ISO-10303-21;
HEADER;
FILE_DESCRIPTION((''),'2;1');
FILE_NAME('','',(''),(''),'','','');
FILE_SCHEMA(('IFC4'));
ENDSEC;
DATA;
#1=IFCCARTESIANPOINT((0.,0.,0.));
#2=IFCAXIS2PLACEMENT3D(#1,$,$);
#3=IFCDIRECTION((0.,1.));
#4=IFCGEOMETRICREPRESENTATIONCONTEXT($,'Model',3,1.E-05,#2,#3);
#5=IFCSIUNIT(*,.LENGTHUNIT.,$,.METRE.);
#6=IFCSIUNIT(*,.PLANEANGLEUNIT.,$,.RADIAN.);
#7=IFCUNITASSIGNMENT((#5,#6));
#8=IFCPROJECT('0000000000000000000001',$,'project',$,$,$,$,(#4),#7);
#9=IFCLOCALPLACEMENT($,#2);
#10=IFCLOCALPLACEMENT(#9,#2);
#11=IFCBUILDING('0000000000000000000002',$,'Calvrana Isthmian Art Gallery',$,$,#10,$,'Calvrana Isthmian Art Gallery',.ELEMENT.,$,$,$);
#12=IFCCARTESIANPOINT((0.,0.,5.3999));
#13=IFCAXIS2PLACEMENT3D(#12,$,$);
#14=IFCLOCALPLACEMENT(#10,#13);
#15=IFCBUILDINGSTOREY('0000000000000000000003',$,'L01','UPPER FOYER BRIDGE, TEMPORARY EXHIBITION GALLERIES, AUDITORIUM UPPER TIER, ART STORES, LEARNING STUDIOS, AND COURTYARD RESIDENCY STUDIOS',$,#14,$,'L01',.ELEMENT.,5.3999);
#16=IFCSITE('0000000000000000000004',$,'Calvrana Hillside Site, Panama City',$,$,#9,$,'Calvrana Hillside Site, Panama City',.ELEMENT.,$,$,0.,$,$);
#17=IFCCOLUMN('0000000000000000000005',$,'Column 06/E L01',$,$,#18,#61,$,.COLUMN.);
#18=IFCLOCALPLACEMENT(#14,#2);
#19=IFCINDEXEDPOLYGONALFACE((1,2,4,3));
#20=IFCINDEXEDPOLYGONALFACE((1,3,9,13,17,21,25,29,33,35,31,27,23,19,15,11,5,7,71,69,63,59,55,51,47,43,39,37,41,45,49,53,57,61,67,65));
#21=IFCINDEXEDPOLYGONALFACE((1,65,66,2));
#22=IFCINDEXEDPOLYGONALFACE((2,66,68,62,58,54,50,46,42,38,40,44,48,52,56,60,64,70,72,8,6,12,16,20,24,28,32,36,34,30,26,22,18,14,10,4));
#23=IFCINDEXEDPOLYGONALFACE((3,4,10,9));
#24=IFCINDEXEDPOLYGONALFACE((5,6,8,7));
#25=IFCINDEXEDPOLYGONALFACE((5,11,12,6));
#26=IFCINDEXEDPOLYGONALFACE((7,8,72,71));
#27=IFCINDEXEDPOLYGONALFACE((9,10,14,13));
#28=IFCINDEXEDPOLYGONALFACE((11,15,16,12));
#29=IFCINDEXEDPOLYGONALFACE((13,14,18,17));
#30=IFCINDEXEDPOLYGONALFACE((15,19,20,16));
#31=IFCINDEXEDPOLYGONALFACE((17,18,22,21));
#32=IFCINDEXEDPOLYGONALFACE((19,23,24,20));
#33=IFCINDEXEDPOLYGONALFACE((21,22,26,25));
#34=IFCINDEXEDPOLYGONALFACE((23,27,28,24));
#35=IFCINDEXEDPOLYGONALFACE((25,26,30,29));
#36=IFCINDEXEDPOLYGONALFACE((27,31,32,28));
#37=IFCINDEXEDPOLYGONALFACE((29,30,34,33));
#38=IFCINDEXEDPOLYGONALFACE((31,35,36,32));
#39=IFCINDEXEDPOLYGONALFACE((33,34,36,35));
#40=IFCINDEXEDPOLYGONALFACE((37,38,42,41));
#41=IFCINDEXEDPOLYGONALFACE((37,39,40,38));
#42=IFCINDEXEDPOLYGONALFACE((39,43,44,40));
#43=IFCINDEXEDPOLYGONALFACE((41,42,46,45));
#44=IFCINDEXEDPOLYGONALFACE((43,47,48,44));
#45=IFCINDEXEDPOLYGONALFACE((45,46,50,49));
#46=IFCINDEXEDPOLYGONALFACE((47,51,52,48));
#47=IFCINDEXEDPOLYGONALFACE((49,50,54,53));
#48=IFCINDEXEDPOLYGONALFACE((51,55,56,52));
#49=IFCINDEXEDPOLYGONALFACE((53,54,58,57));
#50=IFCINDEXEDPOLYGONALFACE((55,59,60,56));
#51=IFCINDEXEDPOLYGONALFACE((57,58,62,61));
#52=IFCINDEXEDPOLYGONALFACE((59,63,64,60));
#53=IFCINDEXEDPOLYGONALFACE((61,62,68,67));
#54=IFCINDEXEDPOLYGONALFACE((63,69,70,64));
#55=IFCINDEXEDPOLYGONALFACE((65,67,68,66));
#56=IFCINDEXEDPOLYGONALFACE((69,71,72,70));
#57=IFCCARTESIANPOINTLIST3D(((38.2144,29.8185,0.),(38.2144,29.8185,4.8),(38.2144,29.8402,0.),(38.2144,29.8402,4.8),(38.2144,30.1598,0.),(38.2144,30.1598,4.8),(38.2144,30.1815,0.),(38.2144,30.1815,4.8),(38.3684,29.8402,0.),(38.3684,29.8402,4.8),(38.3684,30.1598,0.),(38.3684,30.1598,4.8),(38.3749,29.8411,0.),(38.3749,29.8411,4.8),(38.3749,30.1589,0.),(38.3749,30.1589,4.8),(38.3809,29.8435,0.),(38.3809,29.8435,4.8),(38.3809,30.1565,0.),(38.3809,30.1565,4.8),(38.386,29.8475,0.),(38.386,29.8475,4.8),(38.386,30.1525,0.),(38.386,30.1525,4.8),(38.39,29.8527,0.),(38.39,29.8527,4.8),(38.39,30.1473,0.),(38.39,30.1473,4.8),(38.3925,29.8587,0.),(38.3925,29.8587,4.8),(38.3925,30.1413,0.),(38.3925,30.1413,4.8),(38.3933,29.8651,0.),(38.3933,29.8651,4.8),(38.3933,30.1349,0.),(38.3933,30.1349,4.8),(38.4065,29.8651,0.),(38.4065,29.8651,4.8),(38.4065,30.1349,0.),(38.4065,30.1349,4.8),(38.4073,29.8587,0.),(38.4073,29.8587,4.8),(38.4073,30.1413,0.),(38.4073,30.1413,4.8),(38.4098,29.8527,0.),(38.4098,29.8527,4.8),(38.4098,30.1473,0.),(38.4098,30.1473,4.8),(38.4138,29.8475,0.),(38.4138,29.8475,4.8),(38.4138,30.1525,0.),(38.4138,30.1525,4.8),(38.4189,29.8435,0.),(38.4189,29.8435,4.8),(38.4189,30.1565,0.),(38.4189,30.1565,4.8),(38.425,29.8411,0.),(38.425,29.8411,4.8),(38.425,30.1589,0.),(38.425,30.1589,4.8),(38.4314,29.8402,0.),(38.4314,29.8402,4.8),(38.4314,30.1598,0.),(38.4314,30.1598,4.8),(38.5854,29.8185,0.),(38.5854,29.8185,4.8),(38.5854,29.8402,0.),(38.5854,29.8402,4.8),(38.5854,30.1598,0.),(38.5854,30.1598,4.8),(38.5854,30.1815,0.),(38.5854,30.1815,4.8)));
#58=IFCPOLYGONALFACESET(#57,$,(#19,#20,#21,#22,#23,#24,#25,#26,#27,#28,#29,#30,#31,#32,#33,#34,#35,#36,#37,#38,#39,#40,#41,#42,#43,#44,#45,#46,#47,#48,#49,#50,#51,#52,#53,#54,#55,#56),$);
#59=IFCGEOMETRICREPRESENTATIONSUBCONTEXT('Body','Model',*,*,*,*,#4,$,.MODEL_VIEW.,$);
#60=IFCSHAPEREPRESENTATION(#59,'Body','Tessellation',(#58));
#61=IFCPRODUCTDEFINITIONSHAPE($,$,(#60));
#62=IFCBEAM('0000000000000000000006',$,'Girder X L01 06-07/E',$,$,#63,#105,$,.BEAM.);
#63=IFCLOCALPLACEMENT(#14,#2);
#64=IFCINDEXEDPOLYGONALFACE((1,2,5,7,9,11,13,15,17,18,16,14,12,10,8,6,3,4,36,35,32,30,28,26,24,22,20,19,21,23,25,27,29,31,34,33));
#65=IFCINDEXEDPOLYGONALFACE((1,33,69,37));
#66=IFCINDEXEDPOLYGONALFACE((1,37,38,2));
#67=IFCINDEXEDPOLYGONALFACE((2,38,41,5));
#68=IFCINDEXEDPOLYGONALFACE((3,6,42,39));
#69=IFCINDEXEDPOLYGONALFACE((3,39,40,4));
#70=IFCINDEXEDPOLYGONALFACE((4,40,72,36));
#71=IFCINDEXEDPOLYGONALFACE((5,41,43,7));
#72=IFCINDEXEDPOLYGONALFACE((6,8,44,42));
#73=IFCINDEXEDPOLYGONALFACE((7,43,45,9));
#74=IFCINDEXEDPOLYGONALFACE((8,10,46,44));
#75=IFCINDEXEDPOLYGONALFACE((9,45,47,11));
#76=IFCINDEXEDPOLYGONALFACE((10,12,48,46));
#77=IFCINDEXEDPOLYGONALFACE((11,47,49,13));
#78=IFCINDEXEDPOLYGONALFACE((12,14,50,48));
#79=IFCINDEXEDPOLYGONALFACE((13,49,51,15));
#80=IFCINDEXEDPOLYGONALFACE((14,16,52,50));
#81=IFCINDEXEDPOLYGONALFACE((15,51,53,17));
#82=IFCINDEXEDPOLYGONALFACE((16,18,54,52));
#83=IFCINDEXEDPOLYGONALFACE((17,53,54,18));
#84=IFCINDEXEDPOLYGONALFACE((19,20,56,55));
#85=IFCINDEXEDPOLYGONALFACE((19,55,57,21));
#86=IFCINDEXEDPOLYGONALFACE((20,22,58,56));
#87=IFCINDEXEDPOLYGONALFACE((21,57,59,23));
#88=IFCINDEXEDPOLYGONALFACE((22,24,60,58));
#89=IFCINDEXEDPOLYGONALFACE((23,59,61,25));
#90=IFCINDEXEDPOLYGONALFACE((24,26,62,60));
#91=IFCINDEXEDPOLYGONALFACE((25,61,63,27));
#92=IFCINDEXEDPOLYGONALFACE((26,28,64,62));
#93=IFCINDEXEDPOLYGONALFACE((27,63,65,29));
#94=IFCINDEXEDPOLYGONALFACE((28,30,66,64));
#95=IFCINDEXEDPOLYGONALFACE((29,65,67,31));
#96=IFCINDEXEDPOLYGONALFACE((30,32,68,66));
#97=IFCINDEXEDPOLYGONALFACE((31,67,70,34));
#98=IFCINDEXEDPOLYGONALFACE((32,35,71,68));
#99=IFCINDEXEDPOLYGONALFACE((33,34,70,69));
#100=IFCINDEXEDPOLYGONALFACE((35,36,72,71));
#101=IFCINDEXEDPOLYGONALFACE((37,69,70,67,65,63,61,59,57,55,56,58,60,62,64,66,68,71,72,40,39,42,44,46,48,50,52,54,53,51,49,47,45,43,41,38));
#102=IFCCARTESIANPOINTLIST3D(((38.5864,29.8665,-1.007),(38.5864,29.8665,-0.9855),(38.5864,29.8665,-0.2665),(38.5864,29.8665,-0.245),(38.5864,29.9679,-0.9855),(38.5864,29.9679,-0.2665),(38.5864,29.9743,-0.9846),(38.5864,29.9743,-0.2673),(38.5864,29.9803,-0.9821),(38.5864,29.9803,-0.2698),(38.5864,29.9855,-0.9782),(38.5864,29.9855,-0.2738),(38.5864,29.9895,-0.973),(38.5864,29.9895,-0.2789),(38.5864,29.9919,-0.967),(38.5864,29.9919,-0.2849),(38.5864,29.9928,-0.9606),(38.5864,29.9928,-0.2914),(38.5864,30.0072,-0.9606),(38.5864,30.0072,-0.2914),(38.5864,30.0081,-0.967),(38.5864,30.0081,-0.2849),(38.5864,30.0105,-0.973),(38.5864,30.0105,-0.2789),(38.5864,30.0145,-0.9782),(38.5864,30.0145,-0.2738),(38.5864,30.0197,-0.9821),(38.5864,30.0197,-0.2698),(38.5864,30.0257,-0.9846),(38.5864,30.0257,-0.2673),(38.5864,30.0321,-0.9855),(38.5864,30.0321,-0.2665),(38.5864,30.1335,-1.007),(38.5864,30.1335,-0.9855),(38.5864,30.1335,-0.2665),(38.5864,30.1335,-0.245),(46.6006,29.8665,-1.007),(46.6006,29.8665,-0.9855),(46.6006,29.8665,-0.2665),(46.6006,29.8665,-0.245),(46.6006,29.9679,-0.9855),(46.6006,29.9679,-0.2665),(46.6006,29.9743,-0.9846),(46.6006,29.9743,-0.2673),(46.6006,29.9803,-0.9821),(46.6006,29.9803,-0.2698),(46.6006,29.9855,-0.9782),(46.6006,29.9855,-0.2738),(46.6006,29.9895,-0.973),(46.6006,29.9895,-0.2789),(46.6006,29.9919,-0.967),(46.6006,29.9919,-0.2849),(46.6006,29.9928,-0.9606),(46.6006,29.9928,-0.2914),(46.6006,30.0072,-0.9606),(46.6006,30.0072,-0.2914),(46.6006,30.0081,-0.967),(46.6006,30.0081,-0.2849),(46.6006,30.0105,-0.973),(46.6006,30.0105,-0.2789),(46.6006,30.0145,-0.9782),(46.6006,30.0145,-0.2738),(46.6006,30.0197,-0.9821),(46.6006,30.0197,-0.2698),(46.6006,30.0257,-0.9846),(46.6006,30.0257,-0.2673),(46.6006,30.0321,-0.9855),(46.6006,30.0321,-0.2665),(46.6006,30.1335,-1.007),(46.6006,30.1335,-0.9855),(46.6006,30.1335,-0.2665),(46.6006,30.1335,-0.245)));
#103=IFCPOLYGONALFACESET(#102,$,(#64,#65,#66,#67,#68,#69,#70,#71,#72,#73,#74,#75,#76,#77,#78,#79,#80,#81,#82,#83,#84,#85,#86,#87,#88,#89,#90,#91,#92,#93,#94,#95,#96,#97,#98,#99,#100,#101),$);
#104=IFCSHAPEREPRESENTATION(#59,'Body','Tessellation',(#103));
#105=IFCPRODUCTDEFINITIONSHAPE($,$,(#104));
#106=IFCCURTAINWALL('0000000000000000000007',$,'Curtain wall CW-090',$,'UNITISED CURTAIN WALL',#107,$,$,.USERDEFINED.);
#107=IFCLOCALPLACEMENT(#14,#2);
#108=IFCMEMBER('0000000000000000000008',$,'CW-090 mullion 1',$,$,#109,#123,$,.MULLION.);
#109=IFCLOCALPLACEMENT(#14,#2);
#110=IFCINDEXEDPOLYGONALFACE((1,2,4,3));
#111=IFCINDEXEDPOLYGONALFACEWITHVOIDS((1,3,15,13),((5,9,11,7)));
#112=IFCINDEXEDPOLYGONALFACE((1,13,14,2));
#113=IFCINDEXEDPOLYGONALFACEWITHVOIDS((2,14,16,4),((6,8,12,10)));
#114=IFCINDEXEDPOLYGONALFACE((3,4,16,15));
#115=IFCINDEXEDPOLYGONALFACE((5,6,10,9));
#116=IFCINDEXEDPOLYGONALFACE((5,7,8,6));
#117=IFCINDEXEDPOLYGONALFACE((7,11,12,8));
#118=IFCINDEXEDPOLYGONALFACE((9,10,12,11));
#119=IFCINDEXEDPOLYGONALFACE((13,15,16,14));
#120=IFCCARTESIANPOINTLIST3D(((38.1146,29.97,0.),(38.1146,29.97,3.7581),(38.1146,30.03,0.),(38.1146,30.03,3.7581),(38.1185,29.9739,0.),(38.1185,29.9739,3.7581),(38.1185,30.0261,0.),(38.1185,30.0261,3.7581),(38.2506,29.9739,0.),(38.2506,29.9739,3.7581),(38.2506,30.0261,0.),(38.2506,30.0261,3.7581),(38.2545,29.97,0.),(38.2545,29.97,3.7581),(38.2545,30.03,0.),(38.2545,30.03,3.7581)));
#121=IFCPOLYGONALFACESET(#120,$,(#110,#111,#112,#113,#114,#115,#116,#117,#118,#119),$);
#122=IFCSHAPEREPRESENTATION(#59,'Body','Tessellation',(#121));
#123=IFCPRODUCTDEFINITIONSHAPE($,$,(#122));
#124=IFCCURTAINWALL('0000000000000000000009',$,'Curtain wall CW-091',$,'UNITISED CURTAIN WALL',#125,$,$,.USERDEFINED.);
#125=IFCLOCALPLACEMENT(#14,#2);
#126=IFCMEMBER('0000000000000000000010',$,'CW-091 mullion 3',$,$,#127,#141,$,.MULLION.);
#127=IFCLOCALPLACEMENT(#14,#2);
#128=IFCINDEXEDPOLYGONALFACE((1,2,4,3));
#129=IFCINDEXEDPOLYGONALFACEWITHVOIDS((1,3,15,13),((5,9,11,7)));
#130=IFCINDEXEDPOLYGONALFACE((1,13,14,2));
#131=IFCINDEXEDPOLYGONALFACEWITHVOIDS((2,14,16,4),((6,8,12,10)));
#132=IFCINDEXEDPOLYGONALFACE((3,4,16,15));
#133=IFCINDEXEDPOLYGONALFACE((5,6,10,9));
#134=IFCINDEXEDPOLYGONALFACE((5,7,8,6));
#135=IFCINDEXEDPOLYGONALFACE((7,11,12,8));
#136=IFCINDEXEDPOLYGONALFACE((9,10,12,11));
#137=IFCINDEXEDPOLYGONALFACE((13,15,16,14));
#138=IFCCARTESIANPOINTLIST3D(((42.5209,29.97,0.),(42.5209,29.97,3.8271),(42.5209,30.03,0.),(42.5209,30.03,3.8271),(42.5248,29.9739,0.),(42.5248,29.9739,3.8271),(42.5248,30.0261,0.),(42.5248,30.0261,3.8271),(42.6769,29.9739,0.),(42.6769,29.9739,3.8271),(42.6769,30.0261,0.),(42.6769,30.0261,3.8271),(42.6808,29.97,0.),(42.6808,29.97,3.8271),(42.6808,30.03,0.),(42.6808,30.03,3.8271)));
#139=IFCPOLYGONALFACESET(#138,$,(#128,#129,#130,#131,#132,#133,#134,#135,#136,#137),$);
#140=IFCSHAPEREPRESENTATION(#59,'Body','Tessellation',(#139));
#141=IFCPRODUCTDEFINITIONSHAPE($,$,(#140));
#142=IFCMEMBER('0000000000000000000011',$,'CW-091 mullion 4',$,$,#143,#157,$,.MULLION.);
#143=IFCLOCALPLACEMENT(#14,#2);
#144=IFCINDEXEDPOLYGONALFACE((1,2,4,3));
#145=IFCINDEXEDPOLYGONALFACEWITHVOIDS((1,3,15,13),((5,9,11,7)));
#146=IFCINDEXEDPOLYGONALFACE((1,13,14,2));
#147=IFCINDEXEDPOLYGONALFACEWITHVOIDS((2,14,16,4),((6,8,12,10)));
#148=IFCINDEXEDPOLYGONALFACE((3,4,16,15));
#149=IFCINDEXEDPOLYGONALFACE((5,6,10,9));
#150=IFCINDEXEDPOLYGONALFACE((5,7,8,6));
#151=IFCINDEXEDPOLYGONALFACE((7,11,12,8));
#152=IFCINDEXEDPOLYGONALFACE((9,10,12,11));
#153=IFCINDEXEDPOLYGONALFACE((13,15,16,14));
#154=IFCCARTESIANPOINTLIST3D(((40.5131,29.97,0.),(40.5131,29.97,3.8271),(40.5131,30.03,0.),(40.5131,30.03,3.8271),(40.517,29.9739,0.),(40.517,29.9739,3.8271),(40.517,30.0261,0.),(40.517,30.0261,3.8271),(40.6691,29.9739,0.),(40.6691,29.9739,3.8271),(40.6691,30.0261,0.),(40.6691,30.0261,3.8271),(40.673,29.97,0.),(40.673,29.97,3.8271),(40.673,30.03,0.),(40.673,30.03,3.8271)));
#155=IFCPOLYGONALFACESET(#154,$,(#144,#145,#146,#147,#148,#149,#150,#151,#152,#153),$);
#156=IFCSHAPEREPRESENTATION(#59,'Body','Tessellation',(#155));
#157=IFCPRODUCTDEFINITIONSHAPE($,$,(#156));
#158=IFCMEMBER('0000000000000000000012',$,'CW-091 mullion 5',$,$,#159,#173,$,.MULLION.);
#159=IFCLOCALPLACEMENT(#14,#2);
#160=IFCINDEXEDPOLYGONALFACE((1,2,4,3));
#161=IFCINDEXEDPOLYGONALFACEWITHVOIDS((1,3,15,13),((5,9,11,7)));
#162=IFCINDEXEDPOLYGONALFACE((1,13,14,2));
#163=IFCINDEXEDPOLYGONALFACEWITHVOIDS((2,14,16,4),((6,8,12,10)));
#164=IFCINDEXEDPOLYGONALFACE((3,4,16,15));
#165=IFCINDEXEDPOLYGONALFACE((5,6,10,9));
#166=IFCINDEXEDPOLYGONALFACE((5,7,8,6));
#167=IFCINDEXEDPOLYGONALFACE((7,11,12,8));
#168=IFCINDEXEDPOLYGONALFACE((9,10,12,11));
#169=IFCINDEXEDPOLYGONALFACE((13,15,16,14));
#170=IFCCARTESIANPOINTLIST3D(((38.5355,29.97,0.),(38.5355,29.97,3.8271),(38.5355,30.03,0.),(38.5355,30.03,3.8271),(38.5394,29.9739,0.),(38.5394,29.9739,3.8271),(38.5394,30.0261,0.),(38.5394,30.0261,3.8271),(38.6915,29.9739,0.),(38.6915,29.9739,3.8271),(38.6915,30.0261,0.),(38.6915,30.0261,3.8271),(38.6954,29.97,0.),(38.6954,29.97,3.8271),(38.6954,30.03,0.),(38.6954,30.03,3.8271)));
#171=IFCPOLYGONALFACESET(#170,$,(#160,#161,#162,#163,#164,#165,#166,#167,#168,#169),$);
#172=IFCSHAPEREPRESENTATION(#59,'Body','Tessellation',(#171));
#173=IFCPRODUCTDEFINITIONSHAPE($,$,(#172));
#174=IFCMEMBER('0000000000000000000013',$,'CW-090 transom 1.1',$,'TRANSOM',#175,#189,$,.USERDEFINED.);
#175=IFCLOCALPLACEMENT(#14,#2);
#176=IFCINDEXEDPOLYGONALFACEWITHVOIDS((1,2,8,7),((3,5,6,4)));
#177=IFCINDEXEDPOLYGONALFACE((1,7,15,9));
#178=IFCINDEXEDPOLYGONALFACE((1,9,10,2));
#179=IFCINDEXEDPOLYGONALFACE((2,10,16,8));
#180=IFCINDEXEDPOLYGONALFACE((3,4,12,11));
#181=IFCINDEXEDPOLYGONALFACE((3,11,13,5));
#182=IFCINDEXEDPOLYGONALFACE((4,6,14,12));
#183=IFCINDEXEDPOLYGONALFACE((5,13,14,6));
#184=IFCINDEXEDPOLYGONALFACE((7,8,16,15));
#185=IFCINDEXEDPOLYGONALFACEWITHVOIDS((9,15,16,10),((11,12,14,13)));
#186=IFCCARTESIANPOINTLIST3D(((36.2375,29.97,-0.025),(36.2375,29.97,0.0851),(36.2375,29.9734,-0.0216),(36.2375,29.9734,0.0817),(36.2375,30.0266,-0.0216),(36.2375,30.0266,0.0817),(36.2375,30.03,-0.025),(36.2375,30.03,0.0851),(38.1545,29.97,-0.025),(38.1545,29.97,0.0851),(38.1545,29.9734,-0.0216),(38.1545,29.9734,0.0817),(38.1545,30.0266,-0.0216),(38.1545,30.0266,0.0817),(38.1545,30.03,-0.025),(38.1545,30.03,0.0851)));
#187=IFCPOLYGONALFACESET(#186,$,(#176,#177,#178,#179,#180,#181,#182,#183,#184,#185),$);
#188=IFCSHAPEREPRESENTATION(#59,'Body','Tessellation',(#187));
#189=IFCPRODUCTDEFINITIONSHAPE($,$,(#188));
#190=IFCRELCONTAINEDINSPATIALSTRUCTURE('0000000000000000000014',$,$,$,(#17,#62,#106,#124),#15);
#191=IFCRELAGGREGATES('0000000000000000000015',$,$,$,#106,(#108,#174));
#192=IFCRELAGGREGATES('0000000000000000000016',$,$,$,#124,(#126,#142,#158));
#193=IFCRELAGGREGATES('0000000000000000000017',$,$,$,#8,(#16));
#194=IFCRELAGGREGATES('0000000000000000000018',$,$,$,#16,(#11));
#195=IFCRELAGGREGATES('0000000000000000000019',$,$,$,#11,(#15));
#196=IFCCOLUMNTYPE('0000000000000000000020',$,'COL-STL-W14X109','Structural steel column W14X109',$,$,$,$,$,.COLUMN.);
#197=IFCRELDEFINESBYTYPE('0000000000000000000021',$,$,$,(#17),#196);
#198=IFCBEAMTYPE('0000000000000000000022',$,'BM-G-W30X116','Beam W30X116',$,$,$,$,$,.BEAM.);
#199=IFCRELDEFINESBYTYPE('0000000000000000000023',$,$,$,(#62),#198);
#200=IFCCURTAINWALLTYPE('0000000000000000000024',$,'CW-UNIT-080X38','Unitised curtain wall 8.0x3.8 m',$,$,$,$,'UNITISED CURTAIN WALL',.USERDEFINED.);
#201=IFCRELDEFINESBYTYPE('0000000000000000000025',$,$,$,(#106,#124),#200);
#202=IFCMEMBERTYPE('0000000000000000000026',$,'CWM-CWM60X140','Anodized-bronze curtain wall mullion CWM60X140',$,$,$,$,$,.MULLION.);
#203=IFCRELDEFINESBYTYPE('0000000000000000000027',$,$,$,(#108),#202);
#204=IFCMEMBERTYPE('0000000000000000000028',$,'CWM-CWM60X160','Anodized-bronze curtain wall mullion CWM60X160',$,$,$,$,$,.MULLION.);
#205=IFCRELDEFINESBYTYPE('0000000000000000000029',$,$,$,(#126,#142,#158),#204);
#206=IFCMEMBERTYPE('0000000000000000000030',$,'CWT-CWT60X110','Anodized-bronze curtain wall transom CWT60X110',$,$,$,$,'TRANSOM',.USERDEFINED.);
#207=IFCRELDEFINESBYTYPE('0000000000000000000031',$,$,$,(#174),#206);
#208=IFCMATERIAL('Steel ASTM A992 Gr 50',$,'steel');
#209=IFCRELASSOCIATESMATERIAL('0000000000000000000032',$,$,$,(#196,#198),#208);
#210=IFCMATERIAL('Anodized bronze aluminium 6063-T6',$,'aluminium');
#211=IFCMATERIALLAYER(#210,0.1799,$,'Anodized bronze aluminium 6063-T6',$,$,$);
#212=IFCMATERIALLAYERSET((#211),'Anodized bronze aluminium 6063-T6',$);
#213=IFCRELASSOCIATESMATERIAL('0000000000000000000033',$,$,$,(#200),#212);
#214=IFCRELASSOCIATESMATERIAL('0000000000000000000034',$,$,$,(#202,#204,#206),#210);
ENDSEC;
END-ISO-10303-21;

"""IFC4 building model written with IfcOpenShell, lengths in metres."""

from ifc_helpers import new_model, si_unit, direction, frame, origin, origin_2d, place, context, subcontext, project, spatial, hollow_rectangle, i_section, extrude, material, layer, layer_set, material_profile, profile_set, type_object, element, aggregate, save


model = new_model("IFC4")

# Units and contexts
model_context = context("Model", 3, precision=1e-05, world=origin(), true_north=direction((0.0, 1.0)))
body_context = subcontext(model_context, "Body", "Model", "MODEL_VIEW")
ifc_project = project(units=[si_unit("LENGTHUNIT", "METRE"), si_unit("PLANEANGLEUNIT", "RADIAN")], contexts=[model_context])

# Site, building, storey
site_placement = place(None, origin())
site = spatial("IfcSite", under=ifc_project, at=site_placement, Name="Calvrana Hillside Site, Panama City", LongName="Calvrana Hillside Site, Panama City", CompositionType="ELEMENT", RefElevation=0.0)
building_placement = place(site_placement, origin())
building = spatial("IfcBuilding", under=site, at=building_placement, Name="Calvrana Isthmian Art Gallery", LongName="Calvrana Isthmian Art Gallery", CompositionType="ELEMENT")
storey_placement = place(building_placement, frame((0.0, 0.0, 5.3999)))
storey = spatial("IfcBuildingStorey", under=building, at=storey_placement, Name="L01", Description="UPPER FOYER BRIDGE, TEMPORARY EXHIBITION GALLERIES, AUDITORIUM UPPER TIER, ART STORES, LEARNING STUDIOS, AND COURTYARD RESIDENCY STUDIOS", LongName="L01", CompositionType="ELEMENT", Elevation=5.3999)

# Column
ifc_material_1 = material(Name="Steel ASTM A992 Gr 50", Category="steel")
ifc_material_profile_1 = material_profile(ifc_material_1, i_section(OverallWidth=0.3711, OverallDepth=0.363, WebThickness=0.0132, FlangeThickness=0.0217, FilletRadius=0.0249, at=origin_2d()), Name="W14X109")
ifc_profile_set_1 = profile_set([ifc_material_profile_1], Name="Steel ASTM A992 Gr 50")
column_type = type_object("IfcColumnType", Name="COL-STL-W14X109", Description="Structural steel column W14X109", PredefinedType="COLUMN", material=ifc_profile_set_1)
column_placement = place(storey_placement, frame((38.3999, 30.0, 0.0), z_axis=(0.0, 0.0, 1.0), x_axis=(1.0, 0.0, 0.0)))
element("IfcColumn", 1, at=column_placement, inside=storey, type_object=column_type, Name="Column 06/E L01", PredefinedType="COLUMN", context=body_context, shape_type="SweptSolid", body=[
    extrude(i_section(OverallWidth=0.3711, OverallDepth=0.363, WebThickness=0.0132, FlangeThickness=0.0217, FilletRadius=0.0249, at=origin_2d()), origin(), (0.0, 0.0, 1.0), 4.8),
])

# Beam
ifc_material_profile_2 = material_profile(ifc_material_1, i_section(OverallWidth=0.2671, OverallDepth=0.762, WebThickness=0.0144, FlangeThickness=0.0215, FilletRadius=0.0249, at=origin_2d()), Name="W30X116")
ifc_profile_set_2 = profile_set([ifc_material_profile_2], Name="Steel ASTM A992 Gr 50")
beam_type = type_object("IfcBeamType", Name="BM-G-W30X116", Description="Beam W30X116", PredefinedType="BEAM", material=ifc_profile_set_2)
beam_placement = place(storey_placement, frame((38.5864, 30.0, -0.626), z_axis=(1.0, 0.0, 0.0), x_axis=(0.0, 1.0, 0.0)))
element("IfcBeam", 2, at=beam_placement, inside=storey, type_object=beam_type, Name="Girder X L01 06-07/E", PredefinedType="BEAM", context=body_context, shape_type="SweptSolid", body=[
    extrude(i_section(OverallWidth=0.2671, OverallDepth=0.762, WebThickness=0.0144, FlangeThickness=0.0215, FilletRadius=0.0249, at=origin_2d()), origin(), (0.0, 0.0, 1.0), 8.0142),
])

# Curtain wall, member
ifc_material_2 = material(Name="Anodized bronze aluminium 6063-T6", Category="aluminium")
ifc_layer_1 = layer(ifc_material_2, 0.1799, Name="Anodized bronze aluminium 6063-T6")
ifc_layer_set_1 = layer_set([ifc_layer_1], Name="Anodized bronze aluminium 6063-T6")
curtain_wall_type_1 = type_object("IfcCurtainWallType", Name="CW-UNIT-080X38", Description="Unitised curtain wall 8.0x3.8 m", ElementType="UNITISED CURTAIN WALL", PredefinedType="USERDEFINED", material=ifc_layer_set_1)
curtain_wall_1_placement = place(storey_placement, origin())
curtain_wall_1 = element("IfcCurtainWall", 3, at=curtain_wall_1_placement, inside=storey, type_object=curtain_wall_type_1, Name="Curtain wall CW-090", ObjectType="UNITISED CURTAIN WALL", PredefinedType="USERDEFINED")
ifc_material_profile_3 = material_profile(ifc_material_2, hollow_rectangle(XDim=0.0601, YDim=0.1399, WallThickness=0.0039, at=origin_2d()), Name="CWM60X140")
ifc_profile_set_3 = profile_set([ifc_material_profile_3], Name="Anodized bronze aluminium 6063-T6")
member_type_1 = type_object("IfcMemberType", Name="CWM-CWM60X140", Description="Anodized-bronze curtain wall mullion CWM60X140", PredefinedType="MULLION", material=ifc_profile_set_3)
member_1_placement = place(storey_placement, frame((38.1846, 30.0, 0.0), z_axis=(0.0, 0.0, 1.0), x_axis=(0.0, -1.0, 0.0)))
member_1 = element("IfcMember", 4, at=member_1_placement, type_object=member_type_1, Name="CW-090 mullion 1", PredefinedType="MULLION", context=body_context, shape_type="SweptSolid", body=[
    extrude(hollow_rectangle(XDim=0.0601, YDim=0.1399, WallThickness=0.0039, at=origin_2d()), origin(), (0.0, 0.0, 1.0), 3.7581),
])

# Curtain wall, members
curtain_wall_2_placement = place(storey_placement, origin())
curtain_wall_2 = element("IfcCurtainWall", 5, at=curtain_wall_2_placement, inside=storey, type_object=curtain_wall_type_1, Name="Curtain wall CW-091", ObjectType="UNITISED CURTAIN WALL", PredefinedType="USERDEFINED")
ifc_material_profile_4 = material_profile(ifc_material_2, hollow_rectangle(XDim=0.0601, YDim=0.1599, WallThickness=0.0039, at=origin_2d()), Name="CWM60X160")
ifc_profile_set_4 = profile_set([ifc_material_profile_4], Name="Anodized bronze aluminium 6063-T6")
member_type_2 = type_object("IfcMemberType", Name="CWM-CWM60X160", Description="Anodized-bronze curtain wall mullion CWM60X160", PredefinedType="MULLION", material=ifc_profile_set_4)
member_2_placement = place(storey_placement, frame((42.6008, 30.0, 0.0), z_axis=(0.0, 0.0, 1.0), x_axis=(0.0, -1.0, 0.0)))
member_2 = element("IfcMember", 6, at=member_2_placement, type_object=member_type_2, Name="CW-091 mullion 3", PredefinedType="MULLION", context=body_context, shape_type="SweptSolid", body=[
    extrude(hollow_rectangle(XDim=0.0601, YDim=0.1599, WallThickness=0.0039, at=origin_2d()), origin(), (0.0, 0.0, 1.0), 3.8271),
])
member_3_placement = place(storey_placement, frame((40.593, 30.0, 0.0), z_axis=(0.0, 0.0, 1.0), x_axis=(0.0, -1.0, 0.0)))
member_3 = element("IfcMember", 7, at=member_3_placement, type_object=member_type_2, Name="CW-091 mullion 4", PredefinedType="MULLION", context=body_context, shape_type="SweptSolid", body=[
    extrude(hollow_rectangle(XDim=0.0601, YDim=0.1599, WallThickness=0.0039, at=origin_2d()), origin(), (0.0, 0.0, 1.0), 3.8271),
])
member_4_placement = place(storey_placement, frame((38.6155, 30.0, 0.0), z_axis=(0.0, 0.0, 1.0), x_axis=(0.0, -1.0, 0.0)))
member_4 = element("IfcMember", 8, at=member_4_placement, type_object=member_type_2, Name="CW-091 mullion 5", PredefinedType="MULLION", context=body_context, shape_type="SweptSolid", body=[
    extrude(hollow_rectangle(XDim=0.0601, YDim=0.1599, WallThickness=0.0039, at=origin_2d()), origin(), (0.0, 0.0, 1.0), 3.8271),
])

# Member
ifc_material_profile_5 = material_profile(ifc_material_2, hollow_rectangle(XDim=0.0601, YDim=0.1101, WallThickness=0.0034, at=origin_2d()), Name="CWT60X110")
ifc_profile_set_5 = profile_set([ifc_material_profile_5], Name="Anodized bronze aluminium 6063-T6")
member_type_3 = type_object("IfcMemberType", Name="CWT-CWT60X110", Description="Anodized-bronze curtain wall transom CWT60X110", ElementType="TRANSOM", PredefinedType="USERDEFINED", material=ifc_profile_set_5)
member_5_placement = place(storey_placement, frame((38.1545, 30.0, 0.03), z_axis=(-1.0, 0.0, 0.0), x_axis=(0.0, -1.0, 0.0)))
member_5 = element("IfcMember", 9, at=member_5_placement, type_object=member_type_3, Name="CW-090 transom 1.1", ObjectType="TRANSOM", PredefinedType="USERDEFINED", context=body_context, shape_type="SweptSolid", body=[
    extrude(hollow_rectangle(XDim=0.0601, YDim=0.1101, WallThickness=0.0034, at=origin_2d()), origin(), (0.0, 0.0, 1.0), 1.917),
])

aggregate(curtain_wall_1, [member_1, member_5])
aggregate(curtain_wall_2, [member_2, member_3, member_4])

save(model, "model.ifc")
